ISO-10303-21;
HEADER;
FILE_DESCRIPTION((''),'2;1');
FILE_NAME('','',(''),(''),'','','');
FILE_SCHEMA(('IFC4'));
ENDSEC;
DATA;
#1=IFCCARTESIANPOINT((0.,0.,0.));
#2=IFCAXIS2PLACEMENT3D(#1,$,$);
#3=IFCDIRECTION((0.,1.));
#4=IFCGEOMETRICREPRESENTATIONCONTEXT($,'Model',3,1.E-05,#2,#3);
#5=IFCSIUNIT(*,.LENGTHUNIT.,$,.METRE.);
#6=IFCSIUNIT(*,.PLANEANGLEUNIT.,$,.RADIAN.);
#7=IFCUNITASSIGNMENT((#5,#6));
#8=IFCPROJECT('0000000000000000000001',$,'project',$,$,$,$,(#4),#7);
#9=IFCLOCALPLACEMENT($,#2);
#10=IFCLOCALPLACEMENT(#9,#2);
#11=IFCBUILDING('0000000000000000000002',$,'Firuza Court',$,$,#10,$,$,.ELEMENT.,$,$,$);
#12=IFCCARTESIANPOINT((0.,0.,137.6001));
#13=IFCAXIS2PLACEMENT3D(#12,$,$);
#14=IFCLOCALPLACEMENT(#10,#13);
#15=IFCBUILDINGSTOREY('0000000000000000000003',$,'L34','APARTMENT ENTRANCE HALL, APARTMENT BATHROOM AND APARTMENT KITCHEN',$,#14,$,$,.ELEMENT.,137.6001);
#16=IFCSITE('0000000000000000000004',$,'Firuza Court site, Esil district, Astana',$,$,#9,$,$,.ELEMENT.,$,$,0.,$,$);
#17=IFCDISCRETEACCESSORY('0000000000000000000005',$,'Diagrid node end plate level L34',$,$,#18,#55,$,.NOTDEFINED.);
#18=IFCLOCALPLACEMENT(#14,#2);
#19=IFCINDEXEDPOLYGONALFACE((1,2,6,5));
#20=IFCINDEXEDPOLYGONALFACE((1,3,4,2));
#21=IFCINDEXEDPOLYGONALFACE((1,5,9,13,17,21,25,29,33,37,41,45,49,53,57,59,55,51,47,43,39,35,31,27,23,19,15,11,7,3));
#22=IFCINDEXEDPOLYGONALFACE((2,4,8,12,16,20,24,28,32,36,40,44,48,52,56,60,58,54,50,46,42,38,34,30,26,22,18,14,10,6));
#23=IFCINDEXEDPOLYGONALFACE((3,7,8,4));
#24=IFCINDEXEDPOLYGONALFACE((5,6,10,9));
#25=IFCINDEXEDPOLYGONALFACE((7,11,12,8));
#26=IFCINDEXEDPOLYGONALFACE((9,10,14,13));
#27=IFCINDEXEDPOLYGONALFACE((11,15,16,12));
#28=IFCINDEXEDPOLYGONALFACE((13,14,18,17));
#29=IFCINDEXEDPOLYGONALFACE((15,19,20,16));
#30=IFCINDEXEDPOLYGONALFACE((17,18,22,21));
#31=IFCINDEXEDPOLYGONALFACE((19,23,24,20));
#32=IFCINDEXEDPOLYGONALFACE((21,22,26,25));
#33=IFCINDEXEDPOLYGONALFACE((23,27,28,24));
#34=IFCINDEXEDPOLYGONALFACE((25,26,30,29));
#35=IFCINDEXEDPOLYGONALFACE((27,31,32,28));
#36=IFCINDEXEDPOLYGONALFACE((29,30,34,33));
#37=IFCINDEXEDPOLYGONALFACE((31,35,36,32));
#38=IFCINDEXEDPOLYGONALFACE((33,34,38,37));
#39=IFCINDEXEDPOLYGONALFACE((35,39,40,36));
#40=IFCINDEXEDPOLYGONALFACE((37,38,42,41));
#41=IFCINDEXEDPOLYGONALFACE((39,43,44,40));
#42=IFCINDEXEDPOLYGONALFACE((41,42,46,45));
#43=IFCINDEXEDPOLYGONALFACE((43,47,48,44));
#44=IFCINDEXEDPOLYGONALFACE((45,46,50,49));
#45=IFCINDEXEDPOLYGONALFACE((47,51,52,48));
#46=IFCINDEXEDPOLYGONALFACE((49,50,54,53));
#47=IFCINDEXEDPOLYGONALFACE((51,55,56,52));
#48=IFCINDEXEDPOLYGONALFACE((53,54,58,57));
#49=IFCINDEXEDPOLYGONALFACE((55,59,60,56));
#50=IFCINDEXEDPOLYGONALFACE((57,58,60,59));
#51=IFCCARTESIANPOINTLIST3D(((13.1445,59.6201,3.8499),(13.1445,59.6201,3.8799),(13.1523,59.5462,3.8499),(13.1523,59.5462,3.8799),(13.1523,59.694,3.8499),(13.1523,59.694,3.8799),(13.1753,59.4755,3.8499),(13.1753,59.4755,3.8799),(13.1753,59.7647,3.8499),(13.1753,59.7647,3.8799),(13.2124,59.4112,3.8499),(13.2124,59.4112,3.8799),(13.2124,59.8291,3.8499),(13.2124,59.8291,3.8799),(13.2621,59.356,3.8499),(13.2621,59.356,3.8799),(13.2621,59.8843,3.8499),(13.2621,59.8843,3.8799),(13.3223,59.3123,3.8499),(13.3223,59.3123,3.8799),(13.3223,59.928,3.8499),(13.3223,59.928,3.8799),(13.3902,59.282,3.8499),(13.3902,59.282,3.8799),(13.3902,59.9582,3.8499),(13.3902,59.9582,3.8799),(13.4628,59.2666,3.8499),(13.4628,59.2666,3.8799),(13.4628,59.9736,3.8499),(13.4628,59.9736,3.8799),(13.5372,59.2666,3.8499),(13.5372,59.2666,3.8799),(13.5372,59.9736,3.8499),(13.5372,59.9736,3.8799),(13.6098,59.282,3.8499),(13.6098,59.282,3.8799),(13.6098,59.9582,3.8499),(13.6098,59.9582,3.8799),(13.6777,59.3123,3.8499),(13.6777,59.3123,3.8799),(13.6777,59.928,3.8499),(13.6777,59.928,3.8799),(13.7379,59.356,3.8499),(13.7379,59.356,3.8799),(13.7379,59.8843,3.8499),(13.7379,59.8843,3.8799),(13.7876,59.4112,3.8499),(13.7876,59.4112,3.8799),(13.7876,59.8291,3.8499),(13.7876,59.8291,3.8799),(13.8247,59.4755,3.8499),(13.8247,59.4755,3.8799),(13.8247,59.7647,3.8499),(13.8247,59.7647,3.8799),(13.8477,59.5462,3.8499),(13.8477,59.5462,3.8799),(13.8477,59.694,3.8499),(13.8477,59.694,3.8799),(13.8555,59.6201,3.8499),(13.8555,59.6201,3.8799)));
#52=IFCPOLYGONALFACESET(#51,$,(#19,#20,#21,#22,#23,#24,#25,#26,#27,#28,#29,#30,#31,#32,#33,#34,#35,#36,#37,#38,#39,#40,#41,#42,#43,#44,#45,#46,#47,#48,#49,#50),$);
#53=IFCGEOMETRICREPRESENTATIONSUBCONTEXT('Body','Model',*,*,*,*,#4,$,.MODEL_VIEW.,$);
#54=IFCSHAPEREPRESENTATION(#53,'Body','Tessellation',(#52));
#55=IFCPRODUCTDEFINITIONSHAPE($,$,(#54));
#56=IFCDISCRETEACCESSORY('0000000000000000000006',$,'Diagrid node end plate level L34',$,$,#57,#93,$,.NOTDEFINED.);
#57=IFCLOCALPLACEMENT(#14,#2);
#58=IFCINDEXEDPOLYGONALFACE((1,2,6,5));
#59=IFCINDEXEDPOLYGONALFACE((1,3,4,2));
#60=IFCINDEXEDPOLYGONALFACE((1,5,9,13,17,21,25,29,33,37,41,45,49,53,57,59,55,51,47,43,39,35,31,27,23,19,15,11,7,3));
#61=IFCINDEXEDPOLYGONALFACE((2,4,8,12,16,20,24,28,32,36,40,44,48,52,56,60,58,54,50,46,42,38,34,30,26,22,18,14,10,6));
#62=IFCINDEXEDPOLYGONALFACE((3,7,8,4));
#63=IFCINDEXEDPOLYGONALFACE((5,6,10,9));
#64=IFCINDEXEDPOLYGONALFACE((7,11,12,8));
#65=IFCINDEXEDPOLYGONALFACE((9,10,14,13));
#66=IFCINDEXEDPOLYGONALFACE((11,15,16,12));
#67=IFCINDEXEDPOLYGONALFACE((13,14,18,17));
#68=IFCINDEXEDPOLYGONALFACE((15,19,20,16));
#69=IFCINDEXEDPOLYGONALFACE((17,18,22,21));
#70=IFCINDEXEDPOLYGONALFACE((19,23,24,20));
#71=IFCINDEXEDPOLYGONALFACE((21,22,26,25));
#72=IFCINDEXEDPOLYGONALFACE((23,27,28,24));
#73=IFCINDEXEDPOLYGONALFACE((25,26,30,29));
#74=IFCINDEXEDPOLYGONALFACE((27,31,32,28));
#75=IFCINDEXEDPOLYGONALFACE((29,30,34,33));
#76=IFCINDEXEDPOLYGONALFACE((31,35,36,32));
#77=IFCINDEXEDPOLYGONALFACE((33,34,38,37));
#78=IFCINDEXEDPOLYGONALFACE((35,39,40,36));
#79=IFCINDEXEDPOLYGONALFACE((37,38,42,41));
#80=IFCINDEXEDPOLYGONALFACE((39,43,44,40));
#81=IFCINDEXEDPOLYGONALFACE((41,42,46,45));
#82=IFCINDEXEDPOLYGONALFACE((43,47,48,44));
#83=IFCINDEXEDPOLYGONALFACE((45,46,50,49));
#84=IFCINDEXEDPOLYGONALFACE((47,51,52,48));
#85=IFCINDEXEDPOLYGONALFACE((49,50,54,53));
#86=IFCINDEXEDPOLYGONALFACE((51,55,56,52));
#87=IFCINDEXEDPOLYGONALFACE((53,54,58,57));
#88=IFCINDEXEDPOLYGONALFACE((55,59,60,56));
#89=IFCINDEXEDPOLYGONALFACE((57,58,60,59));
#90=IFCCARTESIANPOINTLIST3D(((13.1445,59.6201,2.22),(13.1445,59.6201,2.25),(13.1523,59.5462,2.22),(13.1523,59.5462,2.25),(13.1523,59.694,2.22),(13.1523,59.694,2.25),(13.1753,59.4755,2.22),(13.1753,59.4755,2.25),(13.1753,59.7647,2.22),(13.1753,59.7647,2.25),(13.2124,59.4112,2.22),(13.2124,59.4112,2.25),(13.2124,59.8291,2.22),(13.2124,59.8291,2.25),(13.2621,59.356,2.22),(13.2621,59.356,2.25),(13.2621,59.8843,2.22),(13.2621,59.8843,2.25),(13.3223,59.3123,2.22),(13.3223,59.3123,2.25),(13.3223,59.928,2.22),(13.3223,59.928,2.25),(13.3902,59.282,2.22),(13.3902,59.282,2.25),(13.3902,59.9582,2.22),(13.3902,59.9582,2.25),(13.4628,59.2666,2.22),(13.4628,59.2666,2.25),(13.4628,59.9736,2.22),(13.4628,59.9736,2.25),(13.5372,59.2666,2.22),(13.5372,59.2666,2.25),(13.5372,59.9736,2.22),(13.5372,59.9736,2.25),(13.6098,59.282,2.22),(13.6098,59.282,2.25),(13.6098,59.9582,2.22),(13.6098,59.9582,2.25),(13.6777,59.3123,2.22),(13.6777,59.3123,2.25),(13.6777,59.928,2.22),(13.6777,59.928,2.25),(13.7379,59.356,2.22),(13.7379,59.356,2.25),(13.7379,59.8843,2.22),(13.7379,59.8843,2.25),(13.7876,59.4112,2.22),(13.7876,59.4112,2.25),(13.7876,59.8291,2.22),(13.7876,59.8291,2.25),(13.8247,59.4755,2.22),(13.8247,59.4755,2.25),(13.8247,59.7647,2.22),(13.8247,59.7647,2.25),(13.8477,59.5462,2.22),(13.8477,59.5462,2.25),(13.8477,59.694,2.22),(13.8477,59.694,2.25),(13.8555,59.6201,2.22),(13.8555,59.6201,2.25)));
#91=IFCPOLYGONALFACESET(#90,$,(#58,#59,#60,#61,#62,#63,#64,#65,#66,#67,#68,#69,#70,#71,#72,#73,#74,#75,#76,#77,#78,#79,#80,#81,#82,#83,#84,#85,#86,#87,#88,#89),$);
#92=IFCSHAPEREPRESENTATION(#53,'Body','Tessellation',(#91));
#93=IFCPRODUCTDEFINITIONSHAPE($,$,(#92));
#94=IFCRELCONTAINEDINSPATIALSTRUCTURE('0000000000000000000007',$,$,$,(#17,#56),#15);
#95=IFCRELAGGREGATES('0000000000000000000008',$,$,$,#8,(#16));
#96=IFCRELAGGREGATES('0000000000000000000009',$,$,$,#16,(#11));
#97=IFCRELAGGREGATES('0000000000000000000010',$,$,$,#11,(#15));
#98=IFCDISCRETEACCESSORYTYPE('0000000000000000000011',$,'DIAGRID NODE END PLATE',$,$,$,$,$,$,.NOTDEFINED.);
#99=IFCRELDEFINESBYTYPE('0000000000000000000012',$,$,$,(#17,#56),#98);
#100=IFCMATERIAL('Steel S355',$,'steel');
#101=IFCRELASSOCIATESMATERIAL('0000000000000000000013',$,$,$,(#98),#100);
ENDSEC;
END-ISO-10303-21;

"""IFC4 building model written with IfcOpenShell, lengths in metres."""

from ifc_helpers import new_model, si_unit, direction, frame, origin, origin_2d, place, context, subcontext, project, spatial, circle, extrude, material, material_profile, profile_set, type_object, element, save


model = new_model("IFC4")

# Units and contexts
model_context = context("Model", 3, precision=1e-05, world=origin(), true_north=direction((0.0, 1.0)))
body_context = subcontext(model_context, "Body", "Model", "MODEL_VIEW")
ifc_project = project(units=[si_unit("LENGTHUNIT", "METRE"), si_unit("PLANEANGLEUNIT", "RADIAN")], contexts=[model_context])

# Site, building, storey
site_placement = place(None, origin())
site = spatial("IfcSite", under=ifc_project, at=site_placement, Name="Firuza Court site, Esil district, Astana", CompositionType="ELEMENT", RefElevation=0.0)
building_placement = place(site_placement, origin())
building = spatial("IfcBuilding", under=site, at=building_placement, Name="Firuza Court", CompositionType="ELEMENT")
storey_placement = place(building_placement, frame((0.0, 0.0, 137.6001)))
storey = spatial("IfcBuildingStorey", under=building, at=storey_placement, Name="L34", Description="APARTMENT ENTRANCE HALL, APARTMENT BATHROOM AND APARTMENT KITCHEN", CompositionType="ELEMENT", Elevation=137.6001)

# Discrete accessories
ifc_material_1 = material(Name="Steel S355", Category="steel")
ifc_material_profile_1 = material_profile(ifc_material_1, circle(Radius=0.3555, at=origin_2d()), Name="PL D711")
ifc_profile_set_1 = profile_set([ifc_material_profile_1], Name="Steel S355")
discrete_accessory_type = type_object("IfcDiscreteAccessoryType", Name="DIAGRID NODE END PLATE", PredefinedType="NOTDEFINED", material=ifc_profile_set_1)
for number, where, z_axis, x_axis, name in (
    (1, (13.5, 59.6201, 3.8499), (0.0, 0.0, 1.0), (1.0, 0.0, 0.0), "Diagrid node end plate level L34"),
    (2, (13.5, 59.6201, 2.22), (0.0, 0.0, 1.0), (1.0, 0.0, 0.0), "Diagrid node end plate level L34"),
):
    element("IfcDiscreteAccessory", number, at=place(storey_placement, frame(where, z_axis=z_axis, x_axis=x_axis)), inside=storey, type_object=discrete_accessory_type, Name=name, PredefinedType="NOTDEFINED", context=body_context, shape_type="SweptSolid", body=[
        extrude(circle(Radius=0.3555, at=origin_2d()), origin(), (0.0, 0.0, 1.0), 0.03),
    ])

save(model, "model.ifc")
